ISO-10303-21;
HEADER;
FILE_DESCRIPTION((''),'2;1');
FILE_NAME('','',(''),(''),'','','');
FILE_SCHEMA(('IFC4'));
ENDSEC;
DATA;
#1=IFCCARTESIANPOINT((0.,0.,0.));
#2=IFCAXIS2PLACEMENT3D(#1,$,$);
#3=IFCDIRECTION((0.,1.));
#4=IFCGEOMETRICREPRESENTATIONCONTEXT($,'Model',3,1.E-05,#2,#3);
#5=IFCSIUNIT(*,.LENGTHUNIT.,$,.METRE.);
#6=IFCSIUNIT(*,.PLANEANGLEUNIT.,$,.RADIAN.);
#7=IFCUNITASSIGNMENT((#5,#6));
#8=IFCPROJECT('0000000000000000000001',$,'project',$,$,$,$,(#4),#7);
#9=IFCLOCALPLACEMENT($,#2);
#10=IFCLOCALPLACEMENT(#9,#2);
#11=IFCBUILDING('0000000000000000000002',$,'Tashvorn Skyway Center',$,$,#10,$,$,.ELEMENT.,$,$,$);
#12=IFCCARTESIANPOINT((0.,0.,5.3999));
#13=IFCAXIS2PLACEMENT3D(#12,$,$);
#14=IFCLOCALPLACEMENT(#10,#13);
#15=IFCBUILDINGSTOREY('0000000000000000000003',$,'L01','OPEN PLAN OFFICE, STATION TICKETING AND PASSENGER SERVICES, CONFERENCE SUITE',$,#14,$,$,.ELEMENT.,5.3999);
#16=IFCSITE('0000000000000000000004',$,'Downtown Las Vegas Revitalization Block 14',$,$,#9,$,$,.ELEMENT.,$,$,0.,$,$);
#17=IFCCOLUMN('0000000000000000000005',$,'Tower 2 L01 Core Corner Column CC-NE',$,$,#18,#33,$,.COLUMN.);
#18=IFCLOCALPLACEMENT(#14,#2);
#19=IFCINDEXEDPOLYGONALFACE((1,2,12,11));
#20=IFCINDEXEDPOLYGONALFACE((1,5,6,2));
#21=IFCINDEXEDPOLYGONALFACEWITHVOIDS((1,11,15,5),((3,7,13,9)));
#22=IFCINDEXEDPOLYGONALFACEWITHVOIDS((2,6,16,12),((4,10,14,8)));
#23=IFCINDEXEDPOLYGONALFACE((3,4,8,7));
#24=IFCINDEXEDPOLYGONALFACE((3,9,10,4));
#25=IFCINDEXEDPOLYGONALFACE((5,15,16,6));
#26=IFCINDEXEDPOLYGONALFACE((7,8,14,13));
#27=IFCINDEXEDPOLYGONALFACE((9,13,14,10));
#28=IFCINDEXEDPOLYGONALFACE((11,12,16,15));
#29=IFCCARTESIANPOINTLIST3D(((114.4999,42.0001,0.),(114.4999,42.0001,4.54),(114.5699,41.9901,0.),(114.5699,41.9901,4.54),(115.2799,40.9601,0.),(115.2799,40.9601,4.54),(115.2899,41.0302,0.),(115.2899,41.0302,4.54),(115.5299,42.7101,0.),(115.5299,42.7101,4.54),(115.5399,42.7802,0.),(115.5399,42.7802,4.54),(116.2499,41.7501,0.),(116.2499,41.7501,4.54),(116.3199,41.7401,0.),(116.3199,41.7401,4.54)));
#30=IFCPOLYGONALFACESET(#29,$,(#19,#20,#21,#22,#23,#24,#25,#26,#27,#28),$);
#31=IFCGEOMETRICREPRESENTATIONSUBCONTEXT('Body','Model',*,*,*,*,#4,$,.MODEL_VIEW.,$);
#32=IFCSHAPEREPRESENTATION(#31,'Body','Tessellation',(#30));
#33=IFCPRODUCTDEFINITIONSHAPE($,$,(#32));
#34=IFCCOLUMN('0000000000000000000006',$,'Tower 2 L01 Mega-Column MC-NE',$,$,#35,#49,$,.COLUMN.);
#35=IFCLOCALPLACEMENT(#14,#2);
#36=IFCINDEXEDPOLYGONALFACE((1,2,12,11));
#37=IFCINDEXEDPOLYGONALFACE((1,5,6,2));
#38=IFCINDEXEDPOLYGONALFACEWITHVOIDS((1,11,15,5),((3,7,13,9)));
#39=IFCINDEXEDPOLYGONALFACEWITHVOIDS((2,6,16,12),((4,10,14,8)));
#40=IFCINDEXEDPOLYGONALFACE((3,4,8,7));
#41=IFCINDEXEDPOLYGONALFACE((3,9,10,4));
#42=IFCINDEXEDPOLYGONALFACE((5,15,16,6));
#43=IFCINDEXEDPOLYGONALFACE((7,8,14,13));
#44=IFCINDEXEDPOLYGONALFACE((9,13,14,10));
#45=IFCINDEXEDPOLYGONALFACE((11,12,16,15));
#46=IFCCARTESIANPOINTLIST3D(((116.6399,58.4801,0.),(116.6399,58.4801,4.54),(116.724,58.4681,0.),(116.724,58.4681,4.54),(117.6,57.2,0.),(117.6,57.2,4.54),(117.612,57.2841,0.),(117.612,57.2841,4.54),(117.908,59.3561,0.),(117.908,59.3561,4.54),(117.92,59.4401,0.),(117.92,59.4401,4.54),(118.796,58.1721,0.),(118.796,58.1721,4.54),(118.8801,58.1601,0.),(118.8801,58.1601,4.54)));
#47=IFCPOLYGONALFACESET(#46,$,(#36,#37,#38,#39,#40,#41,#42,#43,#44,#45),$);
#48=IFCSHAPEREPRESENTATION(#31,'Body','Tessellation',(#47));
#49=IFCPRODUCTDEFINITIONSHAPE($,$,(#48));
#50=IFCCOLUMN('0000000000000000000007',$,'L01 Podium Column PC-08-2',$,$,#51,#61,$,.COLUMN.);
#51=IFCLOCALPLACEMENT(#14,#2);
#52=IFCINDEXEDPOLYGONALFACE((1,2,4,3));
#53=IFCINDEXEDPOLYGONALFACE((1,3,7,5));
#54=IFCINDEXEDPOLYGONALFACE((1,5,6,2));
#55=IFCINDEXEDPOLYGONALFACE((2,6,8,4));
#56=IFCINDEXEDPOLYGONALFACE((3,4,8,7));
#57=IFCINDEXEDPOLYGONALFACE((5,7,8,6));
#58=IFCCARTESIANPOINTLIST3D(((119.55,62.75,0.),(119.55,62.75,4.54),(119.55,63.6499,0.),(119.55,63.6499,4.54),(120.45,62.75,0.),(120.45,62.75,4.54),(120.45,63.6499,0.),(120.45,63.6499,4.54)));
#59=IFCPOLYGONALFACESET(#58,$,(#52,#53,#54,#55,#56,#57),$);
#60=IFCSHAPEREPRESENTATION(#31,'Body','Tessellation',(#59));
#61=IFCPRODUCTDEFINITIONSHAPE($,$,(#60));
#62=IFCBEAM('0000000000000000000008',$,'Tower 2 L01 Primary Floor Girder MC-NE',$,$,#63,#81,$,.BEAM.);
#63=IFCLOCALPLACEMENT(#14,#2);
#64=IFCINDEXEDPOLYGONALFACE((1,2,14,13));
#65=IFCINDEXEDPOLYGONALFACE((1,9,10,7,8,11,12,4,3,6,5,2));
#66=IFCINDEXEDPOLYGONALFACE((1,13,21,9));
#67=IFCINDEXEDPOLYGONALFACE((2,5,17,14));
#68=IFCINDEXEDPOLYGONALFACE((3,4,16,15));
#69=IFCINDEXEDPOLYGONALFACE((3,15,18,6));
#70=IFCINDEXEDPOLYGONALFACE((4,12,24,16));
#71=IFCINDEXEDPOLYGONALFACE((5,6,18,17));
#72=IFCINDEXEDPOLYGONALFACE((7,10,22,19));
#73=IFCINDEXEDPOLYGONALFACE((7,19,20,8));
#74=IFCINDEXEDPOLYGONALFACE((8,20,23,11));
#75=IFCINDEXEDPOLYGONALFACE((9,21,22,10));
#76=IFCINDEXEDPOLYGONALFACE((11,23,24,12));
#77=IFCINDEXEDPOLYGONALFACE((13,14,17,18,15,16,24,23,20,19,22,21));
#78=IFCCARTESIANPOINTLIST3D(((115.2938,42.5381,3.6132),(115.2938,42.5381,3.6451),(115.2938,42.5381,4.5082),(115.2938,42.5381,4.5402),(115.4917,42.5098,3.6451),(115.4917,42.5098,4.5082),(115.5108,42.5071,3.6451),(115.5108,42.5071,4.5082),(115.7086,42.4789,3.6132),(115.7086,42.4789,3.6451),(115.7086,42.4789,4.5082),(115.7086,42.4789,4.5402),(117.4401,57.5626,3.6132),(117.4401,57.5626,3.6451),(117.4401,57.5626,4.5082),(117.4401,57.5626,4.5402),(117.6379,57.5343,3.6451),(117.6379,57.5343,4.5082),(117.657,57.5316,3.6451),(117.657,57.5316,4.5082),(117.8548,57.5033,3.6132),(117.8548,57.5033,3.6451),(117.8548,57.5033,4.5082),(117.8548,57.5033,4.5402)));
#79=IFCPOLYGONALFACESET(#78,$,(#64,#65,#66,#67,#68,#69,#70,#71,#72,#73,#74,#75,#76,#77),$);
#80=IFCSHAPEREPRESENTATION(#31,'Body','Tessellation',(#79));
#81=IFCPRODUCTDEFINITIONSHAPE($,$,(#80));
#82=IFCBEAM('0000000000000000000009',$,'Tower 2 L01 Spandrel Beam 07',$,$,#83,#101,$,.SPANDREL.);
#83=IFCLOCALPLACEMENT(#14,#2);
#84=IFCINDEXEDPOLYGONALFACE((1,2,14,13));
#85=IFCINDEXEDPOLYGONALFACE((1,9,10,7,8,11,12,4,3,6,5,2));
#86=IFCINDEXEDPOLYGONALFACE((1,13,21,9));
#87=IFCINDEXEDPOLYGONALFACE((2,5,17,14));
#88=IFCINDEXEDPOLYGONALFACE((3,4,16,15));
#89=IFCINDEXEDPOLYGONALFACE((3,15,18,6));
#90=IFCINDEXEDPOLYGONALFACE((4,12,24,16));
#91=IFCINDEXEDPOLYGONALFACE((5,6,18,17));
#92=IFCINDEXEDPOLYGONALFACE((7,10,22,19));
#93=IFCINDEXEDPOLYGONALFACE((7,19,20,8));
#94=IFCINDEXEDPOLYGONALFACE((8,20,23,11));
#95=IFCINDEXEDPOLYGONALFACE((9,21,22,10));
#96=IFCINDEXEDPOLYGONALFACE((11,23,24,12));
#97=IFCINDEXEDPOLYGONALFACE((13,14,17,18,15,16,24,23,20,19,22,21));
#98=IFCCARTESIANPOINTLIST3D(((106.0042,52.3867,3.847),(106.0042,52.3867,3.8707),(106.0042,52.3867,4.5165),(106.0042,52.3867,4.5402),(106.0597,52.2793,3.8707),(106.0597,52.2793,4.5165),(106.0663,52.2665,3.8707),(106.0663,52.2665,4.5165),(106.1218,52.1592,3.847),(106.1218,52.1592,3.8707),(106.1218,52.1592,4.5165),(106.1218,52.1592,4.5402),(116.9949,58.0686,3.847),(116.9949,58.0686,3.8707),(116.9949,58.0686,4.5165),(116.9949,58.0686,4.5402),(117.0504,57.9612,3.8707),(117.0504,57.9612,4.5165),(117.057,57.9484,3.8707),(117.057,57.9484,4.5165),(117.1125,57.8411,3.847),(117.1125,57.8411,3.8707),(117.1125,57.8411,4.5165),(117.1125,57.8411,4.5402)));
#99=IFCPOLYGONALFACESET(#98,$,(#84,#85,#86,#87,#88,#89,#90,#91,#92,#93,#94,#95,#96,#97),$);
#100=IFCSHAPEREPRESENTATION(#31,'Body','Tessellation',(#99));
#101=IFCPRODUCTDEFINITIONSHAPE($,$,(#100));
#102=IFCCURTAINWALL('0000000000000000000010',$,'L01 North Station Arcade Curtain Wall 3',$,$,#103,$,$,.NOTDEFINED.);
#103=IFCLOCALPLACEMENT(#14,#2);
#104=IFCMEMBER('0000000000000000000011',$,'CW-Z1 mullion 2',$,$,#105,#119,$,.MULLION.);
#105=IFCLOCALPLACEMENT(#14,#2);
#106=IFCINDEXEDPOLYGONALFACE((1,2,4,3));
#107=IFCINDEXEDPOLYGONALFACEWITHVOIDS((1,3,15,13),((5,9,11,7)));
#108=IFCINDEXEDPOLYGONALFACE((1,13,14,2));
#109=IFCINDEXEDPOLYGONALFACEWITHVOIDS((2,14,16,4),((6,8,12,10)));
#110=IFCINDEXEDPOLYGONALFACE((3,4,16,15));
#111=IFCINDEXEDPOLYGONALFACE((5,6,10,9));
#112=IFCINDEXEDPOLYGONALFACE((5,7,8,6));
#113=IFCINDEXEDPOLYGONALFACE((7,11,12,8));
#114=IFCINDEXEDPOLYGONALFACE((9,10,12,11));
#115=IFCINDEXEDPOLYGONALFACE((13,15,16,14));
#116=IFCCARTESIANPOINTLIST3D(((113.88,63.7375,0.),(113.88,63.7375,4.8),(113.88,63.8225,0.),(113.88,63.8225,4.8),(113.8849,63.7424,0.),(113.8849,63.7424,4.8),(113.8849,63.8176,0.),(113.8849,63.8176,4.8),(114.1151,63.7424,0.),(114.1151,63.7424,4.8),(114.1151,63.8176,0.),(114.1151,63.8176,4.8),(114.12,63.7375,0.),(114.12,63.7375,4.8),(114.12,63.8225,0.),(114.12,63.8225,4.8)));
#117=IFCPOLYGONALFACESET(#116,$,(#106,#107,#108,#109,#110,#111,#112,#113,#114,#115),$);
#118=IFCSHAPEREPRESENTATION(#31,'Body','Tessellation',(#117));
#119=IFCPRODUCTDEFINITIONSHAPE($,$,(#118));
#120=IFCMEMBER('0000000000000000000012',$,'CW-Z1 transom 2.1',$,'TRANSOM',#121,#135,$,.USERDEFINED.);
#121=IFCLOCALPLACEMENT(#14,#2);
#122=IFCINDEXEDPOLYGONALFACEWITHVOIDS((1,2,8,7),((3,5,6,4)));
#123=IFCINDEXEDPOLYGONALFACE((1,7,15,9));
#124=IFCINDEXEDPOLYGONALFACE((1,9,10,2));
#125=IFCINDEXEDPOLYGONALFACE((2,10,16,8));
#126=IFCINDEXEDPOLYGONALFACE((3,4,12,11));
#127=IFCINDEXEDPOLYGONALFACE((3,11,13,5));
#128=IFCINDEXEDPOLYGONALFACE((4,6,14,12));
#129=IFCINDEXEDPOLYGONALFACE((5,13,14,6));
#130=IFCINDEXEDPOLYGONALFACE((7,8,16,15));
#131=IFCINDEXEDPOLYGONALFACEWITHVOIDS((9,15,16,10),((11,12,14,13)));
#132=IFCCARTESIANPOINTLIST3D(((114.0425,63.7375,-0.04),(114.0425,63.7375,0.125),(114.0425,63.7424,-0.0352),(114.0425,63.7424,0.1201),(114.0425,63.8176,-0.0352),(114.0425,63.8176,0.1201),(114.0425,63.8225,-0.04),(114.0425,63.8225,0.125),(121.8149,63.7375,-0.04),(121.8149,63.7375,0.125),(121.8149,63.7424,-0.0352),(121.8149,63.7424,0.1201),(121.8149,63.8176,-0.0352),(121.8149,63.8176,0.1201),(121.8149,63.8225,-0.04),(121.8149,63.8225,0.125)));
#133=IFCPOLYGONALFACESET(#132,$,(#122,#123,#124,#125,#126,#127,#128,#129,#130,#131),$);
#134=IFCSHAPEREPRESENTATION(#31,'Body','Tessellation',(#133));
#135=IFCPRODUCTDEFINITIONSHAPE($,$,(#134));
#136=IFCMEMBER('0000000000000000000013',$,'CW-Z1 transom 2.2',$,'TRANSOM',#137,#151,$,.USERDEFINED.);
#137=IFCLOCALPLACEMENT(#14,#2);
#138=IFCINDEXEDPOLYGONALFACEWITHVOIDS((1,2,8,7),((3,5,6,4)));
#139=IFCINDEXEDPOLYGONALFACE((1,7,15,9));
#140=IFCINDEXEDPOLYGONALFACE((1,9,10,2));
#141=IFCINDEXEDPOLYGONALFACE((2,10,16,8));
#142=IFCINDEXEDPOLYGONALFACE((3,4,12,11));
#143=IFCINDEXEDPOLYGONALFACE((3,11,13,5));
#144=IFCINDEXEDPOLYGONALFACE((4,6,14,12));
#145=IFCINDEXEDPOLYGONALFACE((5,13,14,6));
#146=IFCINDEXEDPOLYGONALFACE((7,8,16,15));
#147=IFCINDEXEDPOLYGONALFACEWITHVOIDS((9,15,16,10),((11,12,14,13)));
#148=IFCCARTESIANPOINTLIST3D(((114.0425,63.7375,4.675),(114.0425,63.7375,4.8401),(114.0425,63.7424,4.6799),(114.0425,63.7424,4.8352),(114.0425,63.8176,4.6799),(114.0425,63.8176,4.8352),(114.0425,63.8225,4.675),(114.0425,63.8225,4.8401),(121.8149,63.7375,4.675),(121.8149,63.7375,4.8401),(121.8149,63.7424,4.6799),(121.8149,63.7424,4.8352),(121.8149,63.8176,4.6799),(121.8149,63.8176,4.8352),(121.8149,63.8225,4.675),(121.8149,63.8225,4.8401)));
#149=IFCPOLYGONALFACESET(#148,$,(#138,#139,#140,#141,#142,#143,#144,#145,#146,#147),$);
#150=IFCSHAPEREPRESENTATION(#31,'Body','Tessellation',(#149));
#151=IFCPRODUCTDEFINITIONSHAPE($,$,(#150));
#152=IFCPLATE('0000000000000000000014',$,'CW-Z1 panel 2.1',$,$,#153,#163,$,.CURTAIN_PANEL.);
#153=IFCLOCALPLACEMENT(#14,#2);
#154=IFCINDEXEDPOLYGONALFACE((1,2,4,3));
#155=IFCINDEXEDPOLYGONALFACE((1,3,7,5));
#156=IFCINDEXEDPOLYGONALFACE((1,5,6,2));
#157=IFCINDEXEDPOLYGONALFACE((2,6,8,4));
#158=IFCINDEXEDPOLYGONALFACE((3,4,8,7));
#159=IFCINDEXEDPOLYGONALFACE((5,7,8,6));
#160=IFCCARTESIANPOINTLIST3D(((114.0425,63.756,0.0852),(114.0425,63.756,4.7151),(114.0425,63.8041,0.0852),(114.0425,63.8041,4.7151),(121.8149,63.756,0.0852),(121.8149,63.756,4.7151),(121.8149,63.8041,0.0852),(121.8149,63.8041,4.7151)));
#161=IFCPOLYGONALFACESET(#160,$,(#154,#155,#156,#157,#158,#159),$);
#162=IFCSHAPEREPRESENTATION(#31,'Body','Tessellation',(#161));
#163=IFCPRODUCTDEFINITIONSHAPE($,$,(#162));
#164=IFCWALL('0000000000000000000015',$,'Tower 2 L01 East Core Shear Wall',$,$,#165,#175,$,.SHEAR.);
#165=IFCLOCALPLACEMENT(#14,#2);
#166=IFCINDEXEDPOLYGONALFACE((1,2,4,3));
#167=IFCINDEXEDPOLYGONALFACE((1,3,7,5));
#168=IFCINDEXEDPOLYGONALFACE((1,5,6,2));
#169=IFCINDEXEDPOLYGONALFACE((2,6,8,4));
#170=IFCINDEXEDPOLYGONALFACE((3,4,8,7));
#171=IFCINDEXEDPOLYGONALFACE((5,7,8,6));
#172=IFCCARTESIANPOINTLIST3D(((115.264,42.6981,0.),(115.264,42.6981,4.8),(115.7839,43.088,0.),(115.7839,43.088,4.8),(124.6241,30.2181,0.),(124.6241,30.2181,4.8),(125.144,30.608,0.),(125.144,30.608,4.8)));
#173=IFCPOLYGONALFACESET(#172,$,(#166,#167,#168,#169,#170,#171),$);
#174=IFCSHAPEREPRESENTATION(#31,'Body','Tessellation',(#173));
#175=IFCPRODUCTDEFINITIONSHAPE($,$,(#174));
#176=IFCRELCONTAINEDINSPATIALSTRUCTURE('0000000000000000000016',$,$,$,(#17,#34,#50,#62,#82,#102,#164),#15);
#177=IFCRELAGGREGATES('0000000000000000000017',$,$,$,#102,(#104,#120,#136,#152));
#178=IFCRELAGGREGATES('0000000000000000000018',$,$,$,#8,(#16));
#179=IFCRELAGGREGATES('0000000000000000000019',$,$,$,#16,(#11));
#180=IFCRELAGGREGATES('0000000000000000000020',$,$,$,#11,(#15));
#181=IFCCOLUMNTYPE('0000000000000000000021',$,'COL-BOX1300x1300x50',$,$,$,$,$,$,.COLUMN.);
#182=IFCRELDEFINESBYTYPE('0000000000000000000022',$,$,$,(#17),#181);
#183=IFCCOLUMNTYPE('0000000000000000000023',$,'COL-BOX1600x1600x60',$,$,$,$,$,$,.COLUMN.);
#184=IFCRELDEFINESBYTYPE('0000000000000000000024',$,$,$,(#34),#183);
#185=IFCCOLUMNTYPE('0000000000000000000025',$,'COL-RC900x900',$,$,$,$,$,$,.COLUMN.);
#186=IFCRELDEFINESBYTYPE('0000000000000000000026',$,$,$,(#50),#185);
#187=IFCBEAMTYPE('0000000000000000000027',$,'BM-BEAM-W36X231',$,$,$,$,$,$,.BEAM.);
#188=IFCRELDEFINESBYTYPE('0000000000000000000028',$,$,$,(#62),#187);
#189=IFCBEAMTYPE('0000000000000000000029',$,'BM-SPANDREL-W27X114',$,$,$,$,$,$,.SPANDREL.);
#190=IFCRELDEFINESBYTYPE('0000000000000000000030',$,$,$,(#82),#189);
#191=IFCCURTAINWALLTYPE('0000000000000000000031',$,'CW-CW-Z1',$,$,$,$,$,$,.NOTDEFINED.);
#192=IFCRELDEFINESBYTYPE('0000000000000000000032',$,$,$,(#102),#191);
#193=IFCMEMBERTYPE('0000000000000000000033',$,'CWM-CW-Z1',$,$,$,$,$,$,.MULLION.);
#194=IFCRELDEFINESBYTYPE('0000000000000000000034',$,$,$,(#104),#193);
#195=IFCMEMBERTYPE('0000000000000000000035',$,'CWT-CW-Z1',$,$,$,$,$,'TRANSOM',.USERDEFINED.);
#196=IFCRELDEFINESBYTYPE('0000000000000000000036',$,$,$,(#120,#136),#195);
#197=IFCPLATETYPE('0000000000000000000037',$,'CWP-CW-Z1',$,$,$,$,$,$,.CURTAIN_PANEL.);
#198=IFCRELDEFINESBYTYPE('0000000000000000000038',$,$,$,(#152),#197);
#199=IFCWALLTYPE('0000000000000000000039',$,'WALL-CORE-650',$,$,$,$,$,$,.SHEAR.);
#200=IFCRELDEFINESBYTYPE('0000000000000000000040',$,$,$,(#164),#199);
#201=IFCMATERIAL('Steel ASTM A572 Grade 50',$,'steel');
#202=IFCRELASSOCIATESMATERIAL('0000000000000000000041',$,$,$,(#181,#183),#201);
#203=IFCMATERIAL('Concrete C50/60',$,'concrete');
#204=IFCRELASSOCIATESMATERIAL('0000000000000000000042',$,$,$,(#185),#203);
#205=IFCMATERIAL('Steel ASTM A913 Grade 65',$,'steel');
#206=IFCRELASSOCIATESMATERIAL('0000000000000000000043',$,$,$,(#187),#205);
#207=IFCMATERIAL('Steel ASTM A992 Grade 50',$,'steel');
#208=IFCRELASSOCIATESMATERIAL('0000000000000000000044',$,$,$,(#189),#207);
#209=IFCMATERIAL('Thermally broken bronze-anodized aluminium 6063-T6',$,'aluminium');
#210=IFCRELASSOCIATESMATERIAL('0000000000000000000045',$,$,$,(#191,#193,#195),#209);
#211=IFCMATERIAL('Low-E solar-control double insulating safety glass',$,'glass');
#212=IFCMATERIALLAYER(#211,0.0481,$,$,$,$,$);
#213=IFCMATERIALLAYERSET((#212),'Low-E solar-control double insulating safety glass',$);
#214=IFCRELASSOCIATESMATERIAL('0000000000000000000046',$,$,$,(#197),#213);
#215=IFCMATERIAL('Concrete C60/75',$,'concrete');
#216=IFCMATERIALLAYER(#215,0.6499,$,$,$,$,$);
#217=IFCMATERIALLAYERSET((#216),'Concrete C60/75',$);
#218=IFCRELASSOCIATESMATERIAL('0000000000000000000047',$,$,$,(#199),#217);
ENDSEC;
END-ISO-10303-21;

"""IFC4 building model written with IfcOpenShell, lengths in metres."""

from ifc_helpers import new_model, si_unit, direction, frame, frame_2d, origin, origin_2d, place, context, subcontext, project, spatial, rectangle, hollow_rectangle, i_section, extrude, material, layer, layer_set, material_profile, profile_set, type_object, element, aggregate, save


model = new_model("IFC4")

# Units and contexts
model_context = context("Model", 3, precision=1e-05, world=origin(), true_north=direction((0.0, 1.0)))
body_context = subcontext(model_context, "Body", "Model", "MODEL_VIEW")
ifc_project = project(units=[si_unit("LENGTHUNIT", "METRE"), si_unit("PLANEANGLEUNIT", "RADIAN")], contexts=[model_context])

# Site, building, storey
site_placement = place(None, origin())
site = spatial("IfcSite", under=ifc_project, at=site_placement, Name="Downtown Las Vegas Revitalization Block 14", CompositionType="ELEMENT", RefElevation=0.0)
building_placement = place(site_placement, origin())
building = spatial("IfcBuilding", under=site, at=building_placement, Name="Tashvorn Skyway Center", CompositionType="ELEMENT")
storey_placement = place(building_placement, frame((0.0, 0.0, 5.3999)))
storey = spatial("IfcBuildingStorey", under=building, at=storey_placement, Name="L01", Description="OPEN PLAN OFFICE, STATION TICKETING AND PASSENGER SERVICES, CONFERENCE SUITE", CompositionType="ELEMENT", Elevation=5.3999)

# Columns
ifc_material_1 = material(Name="Steel ASTM A572 Grade 50", Category="steel")
ifc_material_profile_1 = material_profile(ifc_material_1, hollow_rectangle(XDim=1.3, YDim=1.3, WallThickness=0.05, at=origin_2d()), Name="BOX1300x1300x50")
ifc_profile_set_1 = profile_set([ifc_material_profile_1], Name="Steel ASTM A572 Grade 50")
column_type_1 = type_object("IfcColumnType", Name="COL-BOX1300x1300x50", PredefinedType="COLUMN", material=ifc_profile_set_1)
column_1_placement = place(storey_placement, frame((115.4099, 41.8701, 0.0), z_axis=(0.0, 0.0, 1.0), x_axis=(0.8, 0.6, 0.0)))
element("IfcColumn", 1, at=column_1_placement, inside=storey, type_object=column_type_1, Name="Tower 2 L01 Core Corner Column CC-NE", PredefinedType="COLUMN", context=body_context, shape_type="SweptSolid", body=[
    extrude(hollow_rectangle(XDim=1.3, YDim=1.3, WallThickness=0.05, at=origin_2d()), origin(), (0.0, 0.0, 1.0), 4.54),
])
ifc_material_profile_2 = material_profile(ifc_material_1, hollow_rectangle(XDim=1.6001, YDim=1.6001, WallThickness=0.0601, at=origin_2d()), Name="BOX1600x1600x60")
ifc_profile_set_2 = profile_set([ifc_material_profile_2], Name="Steel ASTM A572 Grade 50")
column_type_2 = type_object("IfcColumnType", Name="COL-BOX1600x1600x60", PredefinedType="COLUMN", material=ifc_profile_set_2)
column_2_placement = place(storey_placement, frame((117.76, 58.3201, 0.0), z_axis=(0.0, 0.0, 1.0), x_axis=(0.8, 0.6, 0.0)))
element("IfcColumn", 2, at=column_2_placement, inside=storey, type_object=column_type_2, Name="Tower 2 L01 Mega-Column MC-NE", PredefinedType="COLUMN", context=body_context, shape_type="SweptSolid", body=[
    extrude(hollow_rectangle(XDim=1.6001, YDim=1.6001, WallThickness=0.0601, at=origin_2d()), origin(), (0.0, 0.0, 1.0), 4.54),
])
ifc_material_2 = material(Name="Concrete C50/60", Category="concrete")
ifc_material_profile_3 = material_profile(ifc_material_2, rectangle(XDim=0.8999, YDim=0.8999, at=origin_2d()), Name="RC900x900")
ifc_profile_set_3 = profile_set([ifc_material_profile_3], Name="Concrete C50/60")
column_type_3 = type_object("IfcColumnType", Name="COL-RC900x900", PredefinedType="COLUMN", material=ifc_profile_set_3)
column_3_placement = place(storey_placement, frame((120.0, 63.2, 0.0), z_axis=(0.0, 0.0, 1.0), x_axis=(1.0, 0.0, 0.0)))
element("IfcColumn", 3, at=column_3_placement, inside=storey, type_object=column_type_3, Name="L01 Podium Column PC-08-2", PredefinedType="COLUMN", context=body_context, shape_type="SweptSolid", body=[
    extrude(rectangle(XDim=0.8999, YDim=0.8999, at=origin_2d()), origin(), (0.0, 0.0, 1.0), 4.54),
])

# Beams
ifc_material_3 = material(Name="Steel ASTM A913 Grade 65", Category="steel")
ifc_material_profile_4 = material_profile(ifc_material_3, i_section(OverallWidth=0.4189, OverallDepth=0.927, WebThickness=0.0193, FlangeThickness=0.032, at=origin_2d()), Name="W36X231")
ifc_profile_set_4 = profile_set([ifc_material_profile_4], Name="Steel ASTM A913 Grade 65")
beam_type_1 = type_object("IfcBeamType", Name="BM-BEAM-W36X231", PredefinedType="BEAM", material=ifc_profile_set_4)
beam_1_placement = place(storey_placement, frame((117.6475, 57.533, 4.0767), z_axis=(-0.141415, -0.98995, 0.0), x_axis=(0.98995, -0.141415, 0.0)))
element("IfcBeam", 4, at=beam_1_placement, inside=storey, type_object=beam_type_1, Name="Tower 2 L01 Primary Floor Girder MC-NE", PredefinedType="BEAM", context=body_context, shape_type="SweptSolid", body=[
    extrude(i_section(OverallWidth=0.4189, OverallDepth=0.927, WebThickness=0.0193, FlangeThickness=0.032, at=origin_2d()), origin(), (0.0, 0.0, 1.0), 15.177),
])
ifc_material_4 = material(Name="Steel ASTM A992 Grade 50", Category="steel")
ifc_material_profile_5 = material_profile(ifc_material_4, i_section(OverallWidth=0.2561, OverallDepth=0.6931, WebThickness=0.0144, FlangeThickness=0.0237, at=origin_2d()), Name="W27X114")
ifc_profile_set_5 = profile_set([ifc_material_profile_5], Name="Steel ASTM A992 Grade 50")
beam_type_2 = type_object("IfcBeamType", Name="BM-SPANDREL-W27X114", PredefinedType="SPANDREL", material=ifc_profile_set_5)
beam_2_placement = place(storey_placement, frame((117.0537, 57.9548, 4.1936), z_axis=(-0.888316, -0.459233, 0.0), x_axis=(0.459233, -0.888316, 0.0)))
element("IfcBeam", 5, at=beam_2_placement, inside=storey, type_object=beam_type_2, Name="Tower 2 L01 Spandrel Beam 07", PredefinedType="SPANDREL", context=body_context, shape_type="SweptSolid", body=[
    extrude(i_section(OverallWidth=0.2561, OverallDepth=0.6931, WebThickness=0.0144, FlangeThickness=0.0237, at=origin_2d()), origin(), (0.0, 0.0, 1.0), 12.3726),
])

# Curtain wall, members, plate
ifc_material_5 = material(Name="Thermally broken bronze-anodized aluminium 6063-T6", Category="aluminium")
curtain_wall_type = type_object("IfcCurtainWallType", Name="CW-CW-Z1", PredefinedType="NOTDEFINED", material=ifc_material_5)
curtain_wall_placement = place(storey_placement, origin())
curtain_wall = element("IfcCurtainWall", 6, at=curtain_wall_placement, inside=storey, type_object=curtain_wall_type, Name="L01 North Station Arcade Curtain Wall 3", PredefinedType="NOTDEFINED")
ifc_material_profile_6 = material_profile(ifc_material_5, hollow_rectangle(XDim=0.085, YDim=0.24, WallThickness=0.0049, at=origin_2d()), Name="ALU-MULL-85x240")
ifc_profile_set_6 = profile_set([ifc_material_profile_6], Name="Thermally broken bronze-anodized aluminium 6063-T6")
member_type_1 = type_object("IfcMemberType", Name="CWM-CW-Z1", PredefinedType="MULLION", material=ifc_profile_set_6)
member_1_placement = place(storey_placement, frame((114.0, 63.78, 0.0), z_axis=(0.0, 0.0, 1.0), x_axis=(0.0, 1.0, 0.0)))
member_1 = element("IfcMember", 7, at=member_1_placement, type_object=member_type_1, Name="CW-Z1 mullion 2", PredefinedType="MULLION", context=body_context, shape_type="SweptSolid", body=[
    extrude(hollow_rectangle(XDim=0.085, YDim=0.24, WallThickness=0.0049, at=origin_2d()), origin(), (0.0, 0.0, 1.0), 4.8),
])
ifc_material_profile_7 = material_profile(ifc_material_5, hollow_rectangle(XDim=0.085, YDim=0.165, WallThickness=0.0049, at=origin_2d()), Name="ALU-TRAN-85x165")
ifc_profile_set_7 = profile_set([ifc_material_profile_7], Name="Thermally broken bronze-anodized aluminium 6063-T6")
member_type_2 = type_object("IfcMemberType", Name="CWT-CW-Z1", ElementType="TRANSOM", PredefinedType="USERDEFINED", material=ifc_profile_set_7)
member_2_placement = place(storey_placement, frame((114.0425, 63.78, 0.0425), z_axis=(1.0, 0.0, 0.0), x_axis=(0.0, 1.0, 0.0)))
member_2 = element("IfcMember", 8, at=member_2_placement, type_object=member_type_2, Name="CW-Z1 transom 2.1", ObjectType="TRANSOM", PredefinedType="USERDEFINED", context=body_context, shape_type="SweptSolid", body=[
    extrude(hollow_rectangle(XDim=0.085, YDim=0.165, WallThickness=0.0049, at=origin_2d()), origin(), (0.0, 0.0, 1.0), 7.7725),
])
member_3_placement = place(storey_placement, frame((114.0425, 63.78, 4.7576), z_axis=(1.0, 0.0, 0.0), x_axis=(0.0, 1.0, 0.0)))
member_3 = element("IfcMember", 9, at=member_3_placement, type_object=member_type_2, Name="CW-Z1 transom 2.2", ObjectType="TRANSOM", PredefinedType="USERDEFINED", context=body_context, shape_type="SweptSolid", body=[
    extrude(hollow_rectangle(XDim=0.085, YDim=0.165, WallThickness=0.0049, at=origin_2d()), origin(), (0.0, 0.0, 1.0), 7.7725),
])
ifc_material_6 = material(Name="Low-E solar-control double insulating safety glass", Category="glass")
ifc_layer_1 = layer(ifc_material_6, 0.0481)
ifc_layer_set_1 = layer_set([ifc_layer_1], Name="Low-E solar-control double insulating safety glass")
plate_type = type_object("IfcPlateType", Name="CWP-CW-Z1", PredefinedType="CURTAIN_PANEL", material=ifc_layer_set_1)
plate_placement = place(storey_placement, frame((117.9287, 63.78, 0.0852), z_axis=(0.0, 0.0, 1.0), x_axis=(1.0, 0.0, 0.0)))
plate = element("IfcPlate", 10, at=plate_placement, type_object=plate_type, Name="CW-Z1 panel 2.1", PredefinedType="CURTAIN_PANEL", context=body_context, shape_type="SweptSolid", body=[
    extrude(rectangle(XDim=7.7725, YDim=0.0481, at=origin_2d()), origin(), (0.0, 0.0, 1.0), 4.6299),
])
aggregate(curtain_wall, [member_1, member_2, member_3, plate])

# Wall
ifc_material_7 = material(Name="Concrete C60/75", Category="concrete")
ifc_layer_2 = layer(ifc_material_7, 0.6499)
ifc_layer_set_2 = layer_set([ifc_layer_2], Name="Concrete C60/75")
wall_type_1 = type_object("IfcWallType", Name="WALL-CORE-650", PredefinedType="SHEAR", material=ifc_layer_set_2)
wall_1_placement = place(storey_placement, frame((115.5239, 42.8931, 0.0), z_axis=(0.0, 0.0, 1.0), x_axis=(0.600005, -0.799996, 0.0)))
element("IfcWall", 11, at=wall_1_placement, inside=storey, type_object=wall_type_1, Name="Tower 2 L01 East Core Shear Wall", PredefinedType="SHEAR", context=body_context, shape_type="SweptSolid", body=[
    extrude(rectangle(XDim=15.6001, YDim=0.6499, at=frame_2d((7.8, 0.0))), origin(), (0.0, 0.0, 1.0), 4.8),
])

save(model, "model.ifc")
